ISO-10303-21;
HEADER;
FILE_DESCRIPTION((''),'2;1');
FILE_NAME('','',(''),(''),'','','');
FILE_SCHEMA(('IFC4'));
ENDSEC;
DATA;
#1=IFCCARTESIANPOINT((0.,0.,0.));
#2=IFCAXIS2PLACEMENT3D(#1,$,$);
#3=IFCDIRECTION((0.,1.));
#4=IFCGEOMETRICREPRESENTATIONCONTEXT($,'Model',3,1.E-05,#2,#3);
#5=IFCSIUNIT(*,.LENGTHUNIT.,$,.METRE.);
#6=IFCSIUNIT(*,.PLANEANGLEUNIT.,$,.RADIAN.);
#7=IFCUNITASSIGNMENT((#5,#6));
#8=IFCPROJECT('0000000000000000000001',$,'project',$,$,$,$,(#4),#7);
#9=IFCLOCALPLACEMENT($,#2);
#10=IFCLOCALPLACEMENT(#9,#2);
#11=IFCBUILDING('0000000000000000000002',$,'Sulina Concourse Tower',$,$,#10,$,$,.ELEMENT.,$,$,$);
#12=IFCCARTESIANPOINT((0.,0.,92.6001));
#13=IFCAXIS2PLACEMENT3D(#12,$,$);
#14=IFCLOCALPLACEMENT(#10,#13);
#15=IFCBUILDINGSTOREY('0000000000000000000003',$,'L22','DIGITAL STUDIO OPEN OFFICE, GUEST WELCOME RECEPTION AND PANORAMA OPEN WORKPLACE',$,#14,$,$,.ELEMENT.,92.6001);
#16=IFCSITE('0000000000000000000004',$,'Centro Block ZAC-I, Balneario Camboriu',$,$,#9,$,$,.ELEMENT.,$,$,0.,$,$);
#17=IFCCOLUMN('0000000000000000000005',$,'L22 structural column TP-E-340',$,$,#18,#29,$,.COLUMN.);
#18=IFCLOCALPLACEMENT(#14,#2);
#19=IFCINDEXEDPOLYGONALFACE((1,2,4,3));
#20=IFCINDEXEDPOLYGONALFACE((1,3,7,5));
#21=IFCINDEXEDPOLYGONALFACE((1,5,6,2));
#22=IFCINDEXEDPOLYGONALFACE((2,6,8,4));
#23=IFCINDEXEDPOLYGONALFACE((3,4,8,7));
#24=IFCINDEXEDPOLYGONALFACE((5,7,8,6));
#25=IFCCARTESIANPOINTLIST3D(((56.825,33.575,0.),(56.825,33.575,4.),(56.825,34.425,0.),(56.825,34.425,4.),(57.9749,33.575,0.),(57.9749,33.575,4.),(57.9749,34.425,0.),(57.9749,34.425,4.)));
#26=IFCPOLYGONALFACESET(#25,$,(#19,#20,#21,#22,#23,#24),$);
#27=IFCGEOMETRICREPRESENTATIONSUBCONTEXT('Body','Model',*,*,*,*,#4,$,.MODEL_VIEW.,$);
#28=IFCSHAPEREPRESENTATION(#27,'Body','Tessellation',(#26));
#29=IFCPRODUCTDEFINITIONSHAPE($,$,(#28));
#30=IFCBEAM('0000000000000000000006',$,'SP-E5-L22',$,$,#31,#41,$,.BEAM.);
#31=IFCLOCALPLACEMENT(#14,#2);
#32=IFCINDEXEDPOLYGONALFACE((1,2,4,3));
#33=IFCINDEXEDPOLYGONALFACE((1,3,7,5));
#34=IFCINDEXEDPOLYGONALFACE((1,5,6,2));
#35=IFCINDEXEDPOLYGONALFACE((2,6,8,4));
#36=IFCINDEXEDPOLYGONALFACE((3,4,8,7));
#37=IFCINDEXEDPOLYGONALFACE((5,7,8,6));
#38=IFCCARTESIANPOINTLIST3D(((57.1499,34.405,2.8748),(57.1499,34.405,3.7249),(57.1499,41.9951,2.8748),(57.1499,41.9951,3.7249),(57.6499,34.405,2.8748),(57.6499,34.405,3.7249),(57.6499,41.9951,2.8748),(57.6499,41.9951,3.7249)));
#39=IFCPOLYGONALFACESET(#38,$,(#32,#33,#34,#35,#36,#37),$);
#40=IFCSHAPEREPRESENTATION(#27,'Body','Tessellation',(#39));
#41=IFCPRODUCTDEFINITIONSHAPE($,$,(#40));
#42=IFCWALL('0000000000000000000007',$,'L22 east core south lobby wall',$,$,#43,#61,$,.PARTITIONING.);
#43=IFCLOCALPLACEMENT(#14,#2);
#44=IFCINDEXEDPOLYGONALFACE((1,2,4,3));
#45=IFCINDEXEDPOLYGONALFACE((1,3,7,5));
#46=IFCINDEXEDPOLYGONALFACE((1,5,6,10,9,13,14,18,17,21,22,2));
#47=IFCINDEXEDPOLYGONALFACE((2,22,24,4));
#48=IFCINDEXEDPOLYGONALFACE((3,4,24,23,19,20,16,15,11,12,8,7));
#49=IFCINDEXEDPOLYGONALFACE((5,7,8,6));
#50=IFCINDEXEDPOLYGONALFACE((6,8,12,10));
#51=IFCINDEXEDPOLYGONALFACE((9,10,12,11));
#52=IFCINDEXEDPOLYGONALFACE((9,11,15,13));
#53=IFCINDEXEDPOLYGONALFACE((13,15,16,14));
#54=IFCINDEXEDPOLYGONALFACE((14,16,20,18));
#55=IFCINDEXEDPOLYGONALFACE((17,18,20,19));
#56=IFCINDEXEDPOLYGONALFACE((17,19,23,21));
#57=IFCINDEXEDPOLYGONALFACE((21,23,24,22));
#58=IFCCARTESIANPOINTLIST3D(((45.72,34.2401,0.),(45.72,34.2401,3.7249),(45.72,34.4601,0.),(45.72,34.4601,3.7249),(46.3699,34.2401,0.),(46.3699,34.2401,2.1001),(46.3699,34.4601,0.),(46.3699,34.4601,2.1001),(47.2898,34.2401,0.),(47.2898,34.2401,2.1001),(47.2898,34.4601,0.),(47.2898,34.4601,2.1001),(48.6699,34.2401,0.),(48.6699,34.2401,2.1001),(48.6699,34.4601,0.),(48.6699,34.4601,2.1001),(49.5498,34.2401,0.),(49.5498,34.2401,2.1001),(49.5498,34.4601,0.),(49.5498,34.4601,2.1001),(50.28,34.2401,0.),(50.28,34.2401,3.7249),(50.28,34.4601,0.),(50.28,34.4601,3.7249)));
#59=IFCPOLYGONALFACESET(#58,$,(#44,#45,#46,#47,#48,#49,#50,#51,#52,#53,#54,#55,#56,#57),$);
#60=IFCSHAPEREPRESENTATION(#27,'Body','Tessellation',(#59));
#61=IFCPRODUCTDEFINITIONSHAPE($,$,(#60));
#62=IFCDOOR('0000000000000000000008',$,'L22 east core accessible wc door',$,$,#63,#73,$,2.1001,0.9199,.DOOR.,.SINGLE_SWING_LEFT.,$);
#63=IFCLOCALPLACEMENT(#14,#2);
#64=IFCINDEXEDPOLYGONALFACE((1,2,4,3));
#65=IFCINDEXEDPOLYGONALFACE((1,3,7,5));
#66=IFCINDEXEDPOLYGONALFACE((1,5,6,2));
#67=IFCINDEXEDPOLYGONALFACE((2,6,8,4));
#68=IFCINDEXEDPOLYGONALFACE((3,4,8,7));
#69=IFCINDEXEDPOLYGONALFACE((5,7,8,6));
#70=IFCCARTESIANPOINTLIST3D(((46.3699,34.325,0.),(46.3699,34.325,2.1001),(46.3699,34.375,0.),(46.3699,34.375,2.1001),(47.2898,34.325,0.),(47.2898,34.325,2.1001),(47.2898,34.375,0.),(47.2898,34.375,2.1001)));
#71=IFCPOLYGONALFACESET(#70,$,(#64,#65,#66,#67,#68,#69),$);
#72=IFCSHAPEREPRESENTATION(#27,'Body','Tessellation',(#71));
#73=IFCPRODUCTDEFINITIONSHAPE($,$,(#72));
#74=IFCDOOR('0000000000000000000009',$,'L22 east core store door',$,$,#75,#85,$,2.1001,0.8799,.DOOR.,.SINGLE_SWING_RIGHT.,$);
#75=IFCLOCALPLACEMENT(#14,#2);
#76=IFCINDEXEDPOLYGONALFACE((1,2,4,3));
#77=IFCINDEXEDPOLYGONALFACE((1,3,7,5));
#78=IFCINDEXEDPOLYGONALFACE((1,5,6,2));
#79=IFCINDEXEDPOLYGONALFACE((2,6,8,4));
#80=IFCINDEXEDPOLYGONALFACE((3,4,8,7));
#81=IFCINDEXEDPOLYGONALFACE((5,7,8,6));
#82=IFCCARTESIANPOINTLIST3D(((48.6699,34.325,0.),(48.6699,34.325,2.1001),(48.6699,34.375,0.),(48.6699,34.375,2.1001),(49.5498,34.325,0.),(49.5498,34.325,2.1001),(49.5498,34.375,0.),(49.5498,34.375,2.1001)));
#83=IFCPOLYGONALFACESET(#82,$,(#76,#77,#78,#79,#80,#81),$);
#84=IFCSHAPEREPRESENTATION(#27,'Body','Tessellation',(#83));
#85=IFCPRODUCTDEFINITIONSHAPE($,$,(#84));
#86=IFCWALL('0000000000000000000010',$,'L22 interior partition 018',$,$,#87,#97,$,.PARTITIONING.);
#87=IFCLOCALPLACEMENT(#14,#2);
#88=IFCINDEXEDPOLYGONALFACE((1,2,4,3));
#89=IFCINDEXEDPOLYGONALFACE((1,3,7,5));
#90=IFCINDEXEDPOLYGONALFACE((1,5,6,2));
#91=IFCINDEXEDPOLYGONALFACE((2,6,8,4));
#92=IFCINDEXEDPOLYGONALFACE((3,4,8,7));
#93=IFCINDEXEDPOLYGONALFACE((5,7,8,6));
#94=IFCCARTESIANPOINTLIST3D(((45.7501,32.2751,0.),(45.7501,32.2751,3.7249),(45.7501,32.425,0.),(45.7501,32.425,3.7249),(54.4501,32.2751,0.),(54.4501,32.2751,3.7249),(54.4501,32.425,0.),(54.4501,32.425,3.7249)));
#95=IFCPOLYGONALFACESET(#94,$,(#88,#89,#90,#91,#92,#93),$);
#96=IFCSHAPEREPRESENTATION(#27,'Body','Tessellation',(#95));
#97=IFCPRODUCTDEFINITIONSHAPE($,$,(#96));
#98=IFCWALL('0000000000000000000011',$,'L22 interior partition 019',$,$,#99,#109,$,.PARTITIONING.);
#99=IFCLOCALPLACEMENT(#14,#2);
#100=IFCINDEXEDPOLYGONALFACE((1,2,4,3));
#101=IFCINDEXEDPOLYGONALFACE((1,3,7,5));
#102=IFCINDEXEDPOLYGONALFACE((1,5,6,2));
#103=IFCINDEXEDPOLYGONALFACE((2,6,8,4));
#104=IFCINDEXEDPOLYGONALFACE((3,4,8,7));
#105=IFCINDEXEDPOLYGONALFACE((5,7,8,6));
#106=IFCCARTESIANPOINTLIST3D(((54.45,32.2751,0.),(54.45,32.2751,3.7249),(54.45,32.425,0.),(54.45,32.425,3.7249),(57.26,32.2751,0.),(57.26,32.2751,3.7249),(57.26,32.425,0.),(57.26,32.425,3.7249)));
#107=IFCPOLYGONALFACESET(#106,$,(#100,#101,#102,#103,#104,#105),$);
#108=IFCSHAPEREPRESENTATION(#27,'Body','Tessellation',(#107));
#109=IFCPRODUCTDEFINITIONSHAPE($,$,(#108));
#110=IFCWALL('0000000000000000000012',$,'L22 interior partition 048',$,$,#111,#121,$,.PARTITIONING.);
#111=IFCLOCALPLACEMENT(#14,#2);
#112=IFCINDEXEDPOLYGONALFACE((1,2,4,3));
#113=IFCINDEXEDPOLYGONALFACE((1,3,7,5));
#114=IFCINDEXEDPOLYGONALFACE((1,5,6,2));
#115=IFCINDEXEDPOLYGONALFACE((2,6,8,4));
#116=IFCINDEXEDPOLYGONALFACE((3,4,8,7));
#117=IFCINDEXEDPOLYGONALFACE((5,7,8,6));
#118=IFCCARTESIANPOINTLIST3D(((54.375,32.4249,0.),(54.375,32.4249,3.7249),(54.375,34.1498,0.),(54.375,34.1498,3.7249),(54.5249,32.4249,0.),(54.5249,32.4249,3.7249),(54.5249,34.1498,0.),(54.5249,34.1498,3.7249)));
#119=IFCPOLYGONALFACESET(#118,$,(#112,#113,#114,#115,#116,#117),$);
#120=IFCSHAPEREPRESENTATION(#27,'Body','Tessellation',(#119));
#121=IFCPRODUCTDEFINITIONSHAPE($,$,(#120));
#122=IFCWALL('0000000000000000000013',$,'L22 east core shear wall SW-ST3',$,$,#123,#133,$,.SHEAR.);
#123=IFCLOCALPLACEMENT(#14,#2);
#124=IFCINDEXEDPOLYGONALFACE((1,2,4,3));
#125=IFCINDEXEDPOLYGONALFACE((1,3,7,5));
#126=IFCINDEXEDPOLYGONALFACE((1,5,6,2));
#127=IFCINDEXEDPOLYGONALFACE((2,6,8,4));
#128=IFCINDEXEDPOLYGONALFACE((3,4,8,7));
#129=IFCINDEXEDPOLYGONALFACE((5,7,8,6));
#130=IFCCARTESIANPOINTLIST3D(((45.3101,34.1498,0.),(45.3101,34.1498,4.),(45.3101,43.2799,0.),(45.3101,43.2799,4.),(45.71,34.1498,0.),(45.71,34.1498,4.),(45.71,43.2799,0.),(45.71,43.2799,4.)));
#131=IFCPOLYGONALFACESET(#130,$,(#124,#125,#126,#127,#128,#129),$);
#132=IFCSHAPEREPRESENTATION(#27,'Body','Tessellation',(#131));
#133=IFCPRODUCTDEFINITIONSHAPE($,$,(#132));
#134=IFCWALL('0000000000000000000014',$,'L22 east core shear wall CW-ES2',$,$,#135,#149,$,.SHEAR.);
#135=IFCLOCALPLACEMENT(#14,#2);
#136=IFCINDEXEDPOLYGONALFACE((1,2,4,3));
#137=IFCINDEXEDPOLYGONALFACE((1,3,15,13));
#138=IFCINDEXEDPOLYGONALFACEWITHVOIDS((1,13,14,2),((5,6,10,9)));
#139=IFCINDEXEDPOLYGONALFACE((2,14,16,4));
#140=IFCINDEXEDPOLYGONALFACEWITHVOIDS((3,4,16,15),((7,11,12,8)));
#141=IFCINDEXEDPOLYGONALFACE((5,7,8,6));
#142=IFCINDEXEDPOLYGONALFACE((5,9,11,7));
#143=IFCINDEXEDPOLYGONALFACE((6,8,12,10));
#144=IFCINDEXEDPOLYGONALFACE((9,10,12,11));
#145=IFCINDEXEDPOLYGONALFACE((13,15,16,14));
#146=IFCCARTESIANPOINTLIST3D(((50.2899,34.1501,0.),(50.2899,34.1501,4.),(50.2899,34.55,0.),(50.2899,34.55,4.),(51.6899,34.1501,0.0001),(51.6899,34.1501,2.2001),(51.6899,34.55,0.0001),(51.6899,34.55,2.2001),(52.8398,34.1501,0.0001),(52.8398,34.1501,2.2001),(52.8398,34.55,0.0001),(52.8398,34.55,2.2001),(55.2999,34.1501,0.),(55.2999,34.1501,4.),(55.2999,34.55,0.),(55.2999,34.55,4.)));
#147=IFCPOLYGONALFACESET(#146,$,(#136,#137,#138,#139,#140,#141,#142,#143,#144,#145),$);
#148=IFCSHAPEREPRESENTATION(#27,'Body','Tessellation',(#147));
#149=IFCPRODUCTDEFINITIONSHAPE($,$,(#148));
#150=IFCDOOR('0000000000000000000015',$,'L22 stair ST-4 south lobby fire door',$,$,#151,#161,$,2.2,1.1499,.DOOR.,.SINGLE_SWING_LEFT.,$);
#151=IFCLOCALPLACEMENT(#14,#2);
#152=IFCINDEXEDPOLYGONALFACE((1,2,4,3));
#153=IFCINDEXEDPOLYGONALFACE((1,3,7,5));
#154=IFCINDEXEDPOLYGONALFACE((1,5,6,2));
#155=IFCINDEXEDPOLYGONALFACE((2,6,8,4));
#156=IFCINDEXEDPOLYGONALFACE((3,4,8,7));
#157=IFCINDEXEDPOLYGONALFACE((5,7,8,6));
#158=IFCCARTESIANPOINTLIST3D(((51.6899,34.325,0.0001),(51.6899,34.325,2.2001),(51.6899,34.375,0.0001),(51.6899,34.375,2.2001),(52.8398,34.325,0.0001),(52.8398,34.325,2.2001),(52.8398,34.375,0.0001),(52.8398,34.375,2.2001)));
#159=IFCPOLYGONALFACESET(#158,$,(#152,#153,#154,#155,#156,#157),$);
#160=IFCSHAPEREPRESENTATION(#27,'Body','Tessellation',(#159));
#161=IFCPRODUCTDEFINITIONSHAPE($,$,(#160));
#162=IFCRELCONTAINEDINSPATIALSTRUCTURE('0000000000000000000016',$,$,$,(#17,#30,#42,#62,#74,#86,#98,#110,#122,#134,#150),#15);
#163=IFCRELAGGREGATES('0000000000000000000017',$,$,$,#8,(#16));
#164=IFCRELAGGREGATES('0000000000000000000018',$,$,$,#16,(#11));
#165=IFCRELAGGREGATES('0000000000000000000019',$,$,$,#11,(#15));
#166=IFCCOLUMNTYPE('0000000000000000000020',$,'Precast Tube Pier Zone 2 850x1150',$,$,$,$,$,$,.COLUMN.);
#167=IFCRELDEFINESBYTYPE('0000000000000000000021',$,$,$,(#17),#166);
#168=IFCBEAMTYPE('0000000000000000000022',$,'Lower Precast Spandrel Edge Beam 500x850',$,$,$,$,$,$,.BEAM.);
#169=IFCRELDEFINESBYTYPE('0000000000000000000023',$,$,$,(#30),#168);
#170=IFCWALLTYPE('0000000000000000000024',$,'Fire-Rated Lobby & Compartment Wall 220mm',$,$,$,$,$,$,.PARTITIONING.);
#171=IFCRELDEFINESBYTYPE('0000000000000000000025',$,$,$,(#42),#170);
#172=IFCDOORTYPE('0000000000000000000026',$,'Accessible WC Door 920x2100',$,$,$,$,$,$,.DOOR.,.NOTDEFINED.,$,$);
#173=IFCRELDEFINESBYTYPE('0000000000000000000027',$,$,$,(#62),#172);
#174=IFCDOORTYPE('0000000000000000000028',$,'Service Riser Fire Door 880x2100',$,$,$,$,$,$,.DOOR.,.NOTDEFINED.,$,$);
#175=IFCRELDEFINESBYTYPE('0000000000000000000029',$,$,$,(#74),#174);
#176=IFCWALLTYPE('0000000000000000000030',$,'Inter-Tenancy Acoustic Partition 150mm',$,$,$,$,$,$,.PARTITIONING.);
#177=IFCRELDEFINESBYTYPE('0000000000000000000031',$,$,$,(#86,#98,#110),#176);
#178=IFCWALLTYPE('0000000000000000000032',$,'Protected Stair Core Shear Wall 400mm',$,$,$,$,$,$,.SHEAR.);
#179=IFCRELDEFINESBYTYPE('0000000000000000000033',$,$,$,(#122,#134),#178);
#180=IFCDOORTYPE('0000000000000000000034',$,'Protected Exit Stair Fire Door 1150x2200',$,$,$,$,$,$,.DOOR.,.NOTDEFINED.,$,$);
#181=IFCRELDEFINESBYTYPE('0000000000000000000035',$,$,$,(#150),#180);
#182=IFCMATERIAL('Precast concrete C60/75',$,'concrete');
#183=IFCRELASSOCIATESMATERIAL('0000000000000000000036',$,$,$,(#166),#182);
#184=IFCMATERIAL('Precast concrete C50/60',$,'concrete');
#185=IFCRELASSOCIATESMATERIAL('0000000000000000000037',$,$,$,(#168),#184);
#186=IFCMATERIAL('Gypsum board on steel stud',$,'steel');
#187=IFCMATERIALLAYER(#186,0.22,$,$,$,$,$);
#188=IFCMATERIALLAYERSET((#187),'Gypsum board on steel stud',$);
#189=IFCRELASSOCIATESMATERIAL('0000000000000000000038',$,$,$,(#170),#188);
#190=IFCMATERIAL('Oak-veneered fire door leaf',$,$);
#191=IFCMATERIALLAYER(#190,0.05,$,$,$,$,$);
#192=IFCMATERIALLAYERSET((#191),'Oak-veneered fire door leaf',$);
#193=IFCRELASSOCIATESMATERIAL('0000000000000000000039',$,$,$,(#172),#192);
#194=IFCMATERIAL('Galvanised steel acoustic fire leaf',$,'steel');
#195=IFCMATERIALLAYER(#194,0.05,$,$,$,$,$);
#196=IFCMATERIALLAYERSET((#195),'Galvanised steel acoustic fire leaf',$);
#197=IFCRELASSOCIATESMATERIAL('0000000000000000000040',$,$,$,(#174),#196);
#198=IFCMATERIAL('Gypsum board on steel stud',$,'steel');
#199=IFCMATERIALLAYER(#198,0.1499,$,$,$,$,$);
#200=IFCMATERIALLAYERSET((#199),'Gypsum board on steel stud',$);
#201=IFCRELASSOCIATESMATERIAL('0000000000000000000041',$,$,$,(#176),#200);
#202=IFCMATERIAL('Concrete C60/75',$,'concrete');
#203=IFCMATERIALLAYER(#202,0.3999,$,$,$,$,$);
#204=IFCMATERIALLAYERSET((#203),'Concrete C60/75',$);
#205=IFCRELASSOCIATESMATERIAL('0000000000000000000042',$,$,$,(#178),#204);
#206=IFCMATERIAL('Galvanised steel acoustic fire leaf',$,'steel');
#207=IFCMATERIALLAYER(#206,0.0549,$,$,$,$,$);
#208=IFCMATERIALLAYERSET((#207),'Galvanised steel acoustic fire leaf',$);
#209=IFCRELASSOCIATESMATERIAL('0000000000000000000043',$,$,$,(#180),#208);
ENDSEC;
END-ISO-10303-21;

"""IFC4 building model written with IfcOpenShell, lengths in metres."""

from ifc_helpers import new_model, si_unit, direction, frame, frame_2d, origin, origin_2d, place, context, subcontext, project, spatial, rectangle, extrude, material, layer, layer_set, material_profile, profile_set, type_object, element, fill, save


model = new_model("IFC4")

# Units and contexts
model_context = context("Model", 3, precision=1e-05, world=origin(), true_north=direction((0.0, 1.0)))
body_context = subcontext(model_context, "Body", "Model", "MODEL_VIEW")
ifc_project = project(units=[si_unit("LENGTHUNIT", "METRE"), si_unit("PLANEANGLEUNIT", "RADIAN")], contexts=[model_context])

# Site, building, storey
site_placement = place(None, origin())
site = spatial("IfcSite", under=ifc_project, at=site_placement, Name="Centro Block ZAC-I, Balneario Camboriu", CompositionType="ELEMENT", RefElevation=0.0)
building_placement = place(site_placement, origin())
building = spatial("IfcBuilding", under=site, at=building_placement, Name="Sulina Concourse Tower", CompositionType="ELEMENT")
storey_placement = place(building_placement, frame((0.0, 0.0, 92.6001)))
storey = spatial("IfcBuildingStorey", under=building, at=storey_placement, Name="L22", Description="DIGITAL STUDIO OPEN OFFICE, GUEST WELCOME RECEPTION AND PANORAMA OPEN WORKPLACE", CompositionType="ELEMENT", Elevation=92.6001)

# Column
ifc_material_1 = material(Name="Precast concrete C60/75", Category="concrete")
ifc_material_profile_1 = material_profile(ifc_material_1, rectangle(XDim=0.8501, YDim=1.1499, at=origin_2d()), Name="PC 850x1150")
ifc_profile_set_1 = profile_set([ifc_material_profile_1], Name="Precast concrete C60/75")
column_type = type_object("IfcColumnType", Name="Precast Tube Pier Zone 2 850x1150", PredefinedType="COLUMN", material=ifc_profile_set_1)
column_placement = place(storey_placement, frame((57.3999, 34.0, 0.0), z_axis=(0.0, 0.0, 1.0), x_axis=(0.0, 1.0, 0.0)))
element("IfcColumn", 1, at=column_placement, inside=storey, type_object=column_type, Name="L22 structural column TP-E-340", PredefinedType="COLUMN", context=body_context, shape_type="SweptSolid", body=[
    extrude(rectangle(XDim=0.8501, YDim=1.1499, at=origin_2d()), origin(), (0.0, 0.0, 1.0), 4.0),
])

# Beam
ifc_material_2 = material(Name="Precast concrete C50/60", Category="concrete")
ifc_material_profile_2 = material_profile(ifc_material_2, rectangle(XDim=0.5, YDim=0.8501, at=origin_2d()), Name="RC 500x850")
ifc_profile_set_2 = profile_set([ifc_material_profile_2], Name="Precast concrete C50/60")
beam_type = type_object("IfcBeamType", Name="Lower Precast Spandrel Edge Beam 500x850", PredefinedType="BEAM", material=ifc_profile_set_2)
beam_placement = place(storey_placement, frame((57.3999, 34.405, 3.2998), z_axis=(0.0, 1.0, 0.0), x_axis=(-1.0, 0.0, 0.0)))
element("IfcBeam", 2, at=beam_placement, inside=storey, type_object=beam_type, Name="SP-E5-L22", PredefinedType="BEAM", context=body_context, shape_type="SweptSolid", body=[
    extrude(rectangle(XDim=0.5, YDim=0.8501, at=origin_2d()), origin(), (0.0, 0.0, 1.0), 7.5901),
])

# Wall, openings, doors
ifc_material_3 = material(Name="Gypsum board on steel stud", Category="steel")
ifc_layer_1 = layer(ifc_material_3, 0.22)
ifc_layer_set_1 = layer_set([ifc_layer_1], Name="Gypsum board on steel stud")
wall_type_1 = type_object("IfcWallType", Name="Fire-Rated Lobby & Compartment Wall 220mm", PredefinedType="PARTITIONING", material=ifc_layer_set_1)
wall_1_placement = place(storey_placement, frame((45.72, 34.3501, 0.0), z_axis=(0.0, 0.0, 1.0), x_axis=(1.0, 0.0, 0.0)))
wall_1 = element("IfcWall", 3, at=wall_1_placement, inside=storey, type_object=wall_type_1, Name="L22 east core south lobby wall", PredefinedType="PARTITIONING", context=body_context, shape_type="SweptSolid", body=[
    extrude(rectangle(XDim=4.5601, YDim=0.22, at=frame_2d((2.28, 0.0))), origin(), (0.0, 0.0, 1.0), 3.7249),
])
opening_1_placement = place(wall_1_placement, frame((0.6499, 0.0, 0.0)))
opening_1 = element("IfcOpeningElement", 4, at=opening_1_placement, cuts=wall_1, PredefinedType="OPENING", context=body_context, shape_type="SweptSolid", body=[
    extrude(rectangle(XDim=0.9199, YDim=2.1001, at=frame_2d((0.46, 1.05))), frame((0.0, 0.1199, 0.0), z_axis=(0.0, -1.0, 0.0), x_axis=(1.0, 0.0, 0.0)), (0.0, 0.0, 1.0), 0.24),
])
opening_2_placement = place(wall_1_placement, frame((2.95, 0.0, 0.0)))
opening_2 = element("IfcOpeningElement", 5, at=opening_2_placement, cuts=wall_1, PredefinedType="OPENING", context=body_context, shape_type="SweptSolid", body=[
    extrude(rectangle(XDim=0.8799, YDim=2.1001, at=frame_2d((0.4399, 1.05))), frame((0.0, 0.1199, 0.0), z_axis=(0.0, -1.0, 0.0), x_axis=(1.0, 0.0, 0.0)), (0.0, 0.0, 1.0), 0.24),
])
ifc_material_4 = material(Name="Oak-veneered fire door leaf")
ifc_layer_2 = layer(ifc_material_4, 0.05)
ifc_layer_set_2 = layer_set([ifc_layer_2], Name="Oak-veneered fire door leaf")
door_type_1 = type_object("IfcDoorType", Name="Accessible WC Door 920x2100", OperationType="NOTDEFINED", PredefinedType="DOOR", material=ifc_layer_set_2)
door_1_placement = place(opening_1_placement, origin())
door_1 = element("IfcDoor", 6, at=door_1_placement, inside=storey, type_object=door_type_1, Name="L22 east core accessible wc door", OperationType="SINGLE_SWING_LEFT", OverallHeight=2.1001, OverallWidth=0.9199, PredefinedType="DOOR", context=body_context, shape_type="SweptSolid", body=[
    extrude(rectangle(XDim=0.9199, YDim=2.1001, at=frame_2d((0.46, 1.05))), frame((0.0, 0.0249, 0.0), z_axis=(0.0, -1.0, 0.0), x_axis=(1.0, 0.0, 0.0)), (0.0, 0.0, 1.0), 0.05),
])
fill(opening_1, door_1)
ifc_material_5 = material(Name="Galvanised steel acoustic fire leaf", Category="steel")
ifc_layer_3 = layer(ifc_material_5, 0.05)
ifc_layer_set_3 = layer_set([ifc_layer_3], Name="Galvanised steel acoustic fire leaf")
door_type_2 = type_object("IfcDoorType", Name="Service Riser Fire Door 880x2100", OperationType="NOTDEFINED", PredefinedType="DOOR", material=ifc_layer_set_3)
door_2_placement = place(opening_2_placement, origin())
door_2 = element("IfcDoor", 7, at=door_2_placement, inside=storey, type_object=door_type_2, Name="L22 east core store door", OperationType="SINGLE_SWING_RIGHT", OverallHeight=2.1001, OverallWidth=0.8799, PredefinedType="DOOR", context=body_context, shape_type="SweptSolid", body=[
    extrude(rectangle(XDim=0.8799, YDim=2.1001, at=frame_2d((0.4399, 1.05))), frame((0.0, 0.0249, 0.0), z_axis=(0.0, -1.0, 0.0), x_axis=(1.0, 0.0, 0.0)), (0.0, 0.0, 1.0), 0.05),
])
fill(opening_2, door_2)

# Walls
ifc_material_6 = material(Name="Gypsum board on steel stud", Category="steel")
ifc_layer_4 = layer(ifc_material_6, 0.1499)
ifc_layer_set_4 = layer_set([ifc_layer_4], Name="Gypsum board on steel stud")
wall_type_2 = type_object("IfcWallType", Name="Inter-Tenancy Acoustic Partition 150mm", PredefinedType="PARTITIONING", material=ifc_layer_set_4)
wall_2_placement = place(storey_placement, frame((45.75, 32.3501, 0.0), z_axis=(0.0, 0.0, 1.0), x_axis=(1.0, 0.0, 0.0)))
element("IfcWall", 8, at=wall_2_placement, inside=storey, type_object=wall_type_2, Name="L22 interior partition 018", PredefinedType="PARTITIONING", context=body_context, shape_type="SweptSolid", body=[
    extrude(rectangle(XDim=8.7, YDim=0.1499, at=frame_2d((4.3501, 0.0))), origin(), (0.0, 0.0, 1.0), 3.7249),
])
wall_3_placement = place(storey_placement, frame((54.45, 32.3501, 0.0), z_axis=(0.0, 0.0, 1.0), x_axis=(1.0, 0.0, 0.0)))
element("IfcWall", 9, at=wall_3_placement, inside=storey, type_object=wall_type_2, Name="L22 interior partition 019", PredefinedType="PARTITIONING", context=body_context, shape_type="SweptSolid", body=[
    extrude(rectangle(XDim=2.8101, YDim=0.1499, at=frame_2d((1.405, 0.0))), origin(), (0.0, 0.0, 1.0), 3.7249),
])
wall_4_placement = place(storey_placement, frame((54.45, 32.425, 0.0), z_axis=(0.0, 0.0, 1.0), x_axis=(0.0, 1.0, 0.0)))
element("IfcWall", 10, at=wall_4_placement, inside=storey, type_object=wall_type_2, Name="L22 interior partition 048", PredefinedType="PARTITIONING", context=body_context, shape_type="SweptSolid", body=[
    extrude(rectangle(XDim=1.7249, YDim=0.1499, at=frame_2d((0.8623, 0.0))), origin(), (0.0, 0.0, 1.0), 3.7249),
])
ifc_material_7 = material(Name="Concrete C60/75", Category="concrete")
ifc_layer_5 = layer(ifc_material_7, 0.3999)
ifc_layer_set_5 = layer_set([ifc_layer_5], Name="Concrete C60/75")
wall_type_3 = type_object("IfcWallType", Name="Protected Stair Core Shear Wall 400mm", PredefinedType="SHEAR", material=ifc_layer_set_5)
wall_5_placement = place(storey_placement, frame((45.51, 34.1499, 0.0), z_axis=(0.0, 0.0, 1.0), x_axis=(0.0, 1.0, 0.0)))
element("IfcWall", 11, at=wall_5_placement, inside=storey, type_object=wall_type_3, Name="L22 east core shear wall SW-ST3", PredefinedType="SHEAR", context=body_context, shape_type="SweptSolid", body=[
    extrude(rectangle(XDim=9.1301, YDim=0.3999, at=frame_2d((4.5649, 0.0))), origin(), (0.0, 0.0, 1.0), 4.0),
])

# Wall, opening, door
wall_6_placement = place(storey_placement, frame((50.29, 34.3501, 0.0), z_axis=(0.0, 0.0, 1.0), x_axis=(1.0, 0.0, 0.0)))
wall_6 = element("IfcWall", 12, at=wall_6_placement, inside=storey, type_object=wall_type_3, Name="L22 east core shear wall CW-ES2", PredefinedType="SHEAR", context=body_context, shape_type="SweptSolid", body=[
    extrude(rectangle(XDim=5.01, YDim=0.3999, at=frame_2d((2.5049, 0.0))), origin(), (0.0, 0.0, 1.0), 4.0),
])
opening_3_placement = place(wall_6_placement, frame((1.3999, 0.0, 0.0)))
opening_3 = element("IfcOpeningElement", 13, at=opening_3_placement, cuts=wall_6, PredefinedType="OPENING", context=body_context, shape_type="SweptSolid", body=[
    extrude(rectangle(XDim=1.1499, YDim=2.2, at=frame_2d((0.575, 1.1001))), frame((0.0, 0.21, 0.0), z_axis=(0.0, -1.0, 0.0), x_axis=(1.0, 0.0, 0.0)), (0.0, 0.0, 1.0), 0.4199),
])
ifc_material_8 = material(Name="Galvanised steel acoustic fire leaf", Category="steel")
ifc_layer_6 = layer(ifc_material_8, 0.0549)
ifc_layer_set_6 = layer_set([ifc_layer_6], Name="Galvanised steel acoustic fire leaf")
door_type_3 = type_object("IfcDoorType", Name="Protected Exit Stair Fire Door 1150x2200", OperationType="NOTDEFINED", PredefinedType="DOOR", material=ifc_layer_set_6)
door_3_placement = place(opening_3_placement, origin())
door_3 = element("IfcDoor", 14, at=door_3_placement, inside=storey, type_object=door_type_3, Name="L22 stair ST-4 south lobby fire door", OperationType="SINGLE_SWING_LEFT", OverallHeight=2.2, OverallWidth=1.1499, PredefinedType="DOOR", context=body_context, shape_type="SweptSolid", body=[
    extrude(rectangle(XDim=1.1499, YDim=2.2, at=frame_2d((0.575, 1.1001))), frame((0.0, 0.0249, 0.0), z_axis=(0.0, -1.0, 0.0), x_axis=(1.0, 0.0, 0.0)), (0.0, 0.0, 1.0), 0.05),
])
fill(opening_3, door_3)

save(model, "model.ifc")
